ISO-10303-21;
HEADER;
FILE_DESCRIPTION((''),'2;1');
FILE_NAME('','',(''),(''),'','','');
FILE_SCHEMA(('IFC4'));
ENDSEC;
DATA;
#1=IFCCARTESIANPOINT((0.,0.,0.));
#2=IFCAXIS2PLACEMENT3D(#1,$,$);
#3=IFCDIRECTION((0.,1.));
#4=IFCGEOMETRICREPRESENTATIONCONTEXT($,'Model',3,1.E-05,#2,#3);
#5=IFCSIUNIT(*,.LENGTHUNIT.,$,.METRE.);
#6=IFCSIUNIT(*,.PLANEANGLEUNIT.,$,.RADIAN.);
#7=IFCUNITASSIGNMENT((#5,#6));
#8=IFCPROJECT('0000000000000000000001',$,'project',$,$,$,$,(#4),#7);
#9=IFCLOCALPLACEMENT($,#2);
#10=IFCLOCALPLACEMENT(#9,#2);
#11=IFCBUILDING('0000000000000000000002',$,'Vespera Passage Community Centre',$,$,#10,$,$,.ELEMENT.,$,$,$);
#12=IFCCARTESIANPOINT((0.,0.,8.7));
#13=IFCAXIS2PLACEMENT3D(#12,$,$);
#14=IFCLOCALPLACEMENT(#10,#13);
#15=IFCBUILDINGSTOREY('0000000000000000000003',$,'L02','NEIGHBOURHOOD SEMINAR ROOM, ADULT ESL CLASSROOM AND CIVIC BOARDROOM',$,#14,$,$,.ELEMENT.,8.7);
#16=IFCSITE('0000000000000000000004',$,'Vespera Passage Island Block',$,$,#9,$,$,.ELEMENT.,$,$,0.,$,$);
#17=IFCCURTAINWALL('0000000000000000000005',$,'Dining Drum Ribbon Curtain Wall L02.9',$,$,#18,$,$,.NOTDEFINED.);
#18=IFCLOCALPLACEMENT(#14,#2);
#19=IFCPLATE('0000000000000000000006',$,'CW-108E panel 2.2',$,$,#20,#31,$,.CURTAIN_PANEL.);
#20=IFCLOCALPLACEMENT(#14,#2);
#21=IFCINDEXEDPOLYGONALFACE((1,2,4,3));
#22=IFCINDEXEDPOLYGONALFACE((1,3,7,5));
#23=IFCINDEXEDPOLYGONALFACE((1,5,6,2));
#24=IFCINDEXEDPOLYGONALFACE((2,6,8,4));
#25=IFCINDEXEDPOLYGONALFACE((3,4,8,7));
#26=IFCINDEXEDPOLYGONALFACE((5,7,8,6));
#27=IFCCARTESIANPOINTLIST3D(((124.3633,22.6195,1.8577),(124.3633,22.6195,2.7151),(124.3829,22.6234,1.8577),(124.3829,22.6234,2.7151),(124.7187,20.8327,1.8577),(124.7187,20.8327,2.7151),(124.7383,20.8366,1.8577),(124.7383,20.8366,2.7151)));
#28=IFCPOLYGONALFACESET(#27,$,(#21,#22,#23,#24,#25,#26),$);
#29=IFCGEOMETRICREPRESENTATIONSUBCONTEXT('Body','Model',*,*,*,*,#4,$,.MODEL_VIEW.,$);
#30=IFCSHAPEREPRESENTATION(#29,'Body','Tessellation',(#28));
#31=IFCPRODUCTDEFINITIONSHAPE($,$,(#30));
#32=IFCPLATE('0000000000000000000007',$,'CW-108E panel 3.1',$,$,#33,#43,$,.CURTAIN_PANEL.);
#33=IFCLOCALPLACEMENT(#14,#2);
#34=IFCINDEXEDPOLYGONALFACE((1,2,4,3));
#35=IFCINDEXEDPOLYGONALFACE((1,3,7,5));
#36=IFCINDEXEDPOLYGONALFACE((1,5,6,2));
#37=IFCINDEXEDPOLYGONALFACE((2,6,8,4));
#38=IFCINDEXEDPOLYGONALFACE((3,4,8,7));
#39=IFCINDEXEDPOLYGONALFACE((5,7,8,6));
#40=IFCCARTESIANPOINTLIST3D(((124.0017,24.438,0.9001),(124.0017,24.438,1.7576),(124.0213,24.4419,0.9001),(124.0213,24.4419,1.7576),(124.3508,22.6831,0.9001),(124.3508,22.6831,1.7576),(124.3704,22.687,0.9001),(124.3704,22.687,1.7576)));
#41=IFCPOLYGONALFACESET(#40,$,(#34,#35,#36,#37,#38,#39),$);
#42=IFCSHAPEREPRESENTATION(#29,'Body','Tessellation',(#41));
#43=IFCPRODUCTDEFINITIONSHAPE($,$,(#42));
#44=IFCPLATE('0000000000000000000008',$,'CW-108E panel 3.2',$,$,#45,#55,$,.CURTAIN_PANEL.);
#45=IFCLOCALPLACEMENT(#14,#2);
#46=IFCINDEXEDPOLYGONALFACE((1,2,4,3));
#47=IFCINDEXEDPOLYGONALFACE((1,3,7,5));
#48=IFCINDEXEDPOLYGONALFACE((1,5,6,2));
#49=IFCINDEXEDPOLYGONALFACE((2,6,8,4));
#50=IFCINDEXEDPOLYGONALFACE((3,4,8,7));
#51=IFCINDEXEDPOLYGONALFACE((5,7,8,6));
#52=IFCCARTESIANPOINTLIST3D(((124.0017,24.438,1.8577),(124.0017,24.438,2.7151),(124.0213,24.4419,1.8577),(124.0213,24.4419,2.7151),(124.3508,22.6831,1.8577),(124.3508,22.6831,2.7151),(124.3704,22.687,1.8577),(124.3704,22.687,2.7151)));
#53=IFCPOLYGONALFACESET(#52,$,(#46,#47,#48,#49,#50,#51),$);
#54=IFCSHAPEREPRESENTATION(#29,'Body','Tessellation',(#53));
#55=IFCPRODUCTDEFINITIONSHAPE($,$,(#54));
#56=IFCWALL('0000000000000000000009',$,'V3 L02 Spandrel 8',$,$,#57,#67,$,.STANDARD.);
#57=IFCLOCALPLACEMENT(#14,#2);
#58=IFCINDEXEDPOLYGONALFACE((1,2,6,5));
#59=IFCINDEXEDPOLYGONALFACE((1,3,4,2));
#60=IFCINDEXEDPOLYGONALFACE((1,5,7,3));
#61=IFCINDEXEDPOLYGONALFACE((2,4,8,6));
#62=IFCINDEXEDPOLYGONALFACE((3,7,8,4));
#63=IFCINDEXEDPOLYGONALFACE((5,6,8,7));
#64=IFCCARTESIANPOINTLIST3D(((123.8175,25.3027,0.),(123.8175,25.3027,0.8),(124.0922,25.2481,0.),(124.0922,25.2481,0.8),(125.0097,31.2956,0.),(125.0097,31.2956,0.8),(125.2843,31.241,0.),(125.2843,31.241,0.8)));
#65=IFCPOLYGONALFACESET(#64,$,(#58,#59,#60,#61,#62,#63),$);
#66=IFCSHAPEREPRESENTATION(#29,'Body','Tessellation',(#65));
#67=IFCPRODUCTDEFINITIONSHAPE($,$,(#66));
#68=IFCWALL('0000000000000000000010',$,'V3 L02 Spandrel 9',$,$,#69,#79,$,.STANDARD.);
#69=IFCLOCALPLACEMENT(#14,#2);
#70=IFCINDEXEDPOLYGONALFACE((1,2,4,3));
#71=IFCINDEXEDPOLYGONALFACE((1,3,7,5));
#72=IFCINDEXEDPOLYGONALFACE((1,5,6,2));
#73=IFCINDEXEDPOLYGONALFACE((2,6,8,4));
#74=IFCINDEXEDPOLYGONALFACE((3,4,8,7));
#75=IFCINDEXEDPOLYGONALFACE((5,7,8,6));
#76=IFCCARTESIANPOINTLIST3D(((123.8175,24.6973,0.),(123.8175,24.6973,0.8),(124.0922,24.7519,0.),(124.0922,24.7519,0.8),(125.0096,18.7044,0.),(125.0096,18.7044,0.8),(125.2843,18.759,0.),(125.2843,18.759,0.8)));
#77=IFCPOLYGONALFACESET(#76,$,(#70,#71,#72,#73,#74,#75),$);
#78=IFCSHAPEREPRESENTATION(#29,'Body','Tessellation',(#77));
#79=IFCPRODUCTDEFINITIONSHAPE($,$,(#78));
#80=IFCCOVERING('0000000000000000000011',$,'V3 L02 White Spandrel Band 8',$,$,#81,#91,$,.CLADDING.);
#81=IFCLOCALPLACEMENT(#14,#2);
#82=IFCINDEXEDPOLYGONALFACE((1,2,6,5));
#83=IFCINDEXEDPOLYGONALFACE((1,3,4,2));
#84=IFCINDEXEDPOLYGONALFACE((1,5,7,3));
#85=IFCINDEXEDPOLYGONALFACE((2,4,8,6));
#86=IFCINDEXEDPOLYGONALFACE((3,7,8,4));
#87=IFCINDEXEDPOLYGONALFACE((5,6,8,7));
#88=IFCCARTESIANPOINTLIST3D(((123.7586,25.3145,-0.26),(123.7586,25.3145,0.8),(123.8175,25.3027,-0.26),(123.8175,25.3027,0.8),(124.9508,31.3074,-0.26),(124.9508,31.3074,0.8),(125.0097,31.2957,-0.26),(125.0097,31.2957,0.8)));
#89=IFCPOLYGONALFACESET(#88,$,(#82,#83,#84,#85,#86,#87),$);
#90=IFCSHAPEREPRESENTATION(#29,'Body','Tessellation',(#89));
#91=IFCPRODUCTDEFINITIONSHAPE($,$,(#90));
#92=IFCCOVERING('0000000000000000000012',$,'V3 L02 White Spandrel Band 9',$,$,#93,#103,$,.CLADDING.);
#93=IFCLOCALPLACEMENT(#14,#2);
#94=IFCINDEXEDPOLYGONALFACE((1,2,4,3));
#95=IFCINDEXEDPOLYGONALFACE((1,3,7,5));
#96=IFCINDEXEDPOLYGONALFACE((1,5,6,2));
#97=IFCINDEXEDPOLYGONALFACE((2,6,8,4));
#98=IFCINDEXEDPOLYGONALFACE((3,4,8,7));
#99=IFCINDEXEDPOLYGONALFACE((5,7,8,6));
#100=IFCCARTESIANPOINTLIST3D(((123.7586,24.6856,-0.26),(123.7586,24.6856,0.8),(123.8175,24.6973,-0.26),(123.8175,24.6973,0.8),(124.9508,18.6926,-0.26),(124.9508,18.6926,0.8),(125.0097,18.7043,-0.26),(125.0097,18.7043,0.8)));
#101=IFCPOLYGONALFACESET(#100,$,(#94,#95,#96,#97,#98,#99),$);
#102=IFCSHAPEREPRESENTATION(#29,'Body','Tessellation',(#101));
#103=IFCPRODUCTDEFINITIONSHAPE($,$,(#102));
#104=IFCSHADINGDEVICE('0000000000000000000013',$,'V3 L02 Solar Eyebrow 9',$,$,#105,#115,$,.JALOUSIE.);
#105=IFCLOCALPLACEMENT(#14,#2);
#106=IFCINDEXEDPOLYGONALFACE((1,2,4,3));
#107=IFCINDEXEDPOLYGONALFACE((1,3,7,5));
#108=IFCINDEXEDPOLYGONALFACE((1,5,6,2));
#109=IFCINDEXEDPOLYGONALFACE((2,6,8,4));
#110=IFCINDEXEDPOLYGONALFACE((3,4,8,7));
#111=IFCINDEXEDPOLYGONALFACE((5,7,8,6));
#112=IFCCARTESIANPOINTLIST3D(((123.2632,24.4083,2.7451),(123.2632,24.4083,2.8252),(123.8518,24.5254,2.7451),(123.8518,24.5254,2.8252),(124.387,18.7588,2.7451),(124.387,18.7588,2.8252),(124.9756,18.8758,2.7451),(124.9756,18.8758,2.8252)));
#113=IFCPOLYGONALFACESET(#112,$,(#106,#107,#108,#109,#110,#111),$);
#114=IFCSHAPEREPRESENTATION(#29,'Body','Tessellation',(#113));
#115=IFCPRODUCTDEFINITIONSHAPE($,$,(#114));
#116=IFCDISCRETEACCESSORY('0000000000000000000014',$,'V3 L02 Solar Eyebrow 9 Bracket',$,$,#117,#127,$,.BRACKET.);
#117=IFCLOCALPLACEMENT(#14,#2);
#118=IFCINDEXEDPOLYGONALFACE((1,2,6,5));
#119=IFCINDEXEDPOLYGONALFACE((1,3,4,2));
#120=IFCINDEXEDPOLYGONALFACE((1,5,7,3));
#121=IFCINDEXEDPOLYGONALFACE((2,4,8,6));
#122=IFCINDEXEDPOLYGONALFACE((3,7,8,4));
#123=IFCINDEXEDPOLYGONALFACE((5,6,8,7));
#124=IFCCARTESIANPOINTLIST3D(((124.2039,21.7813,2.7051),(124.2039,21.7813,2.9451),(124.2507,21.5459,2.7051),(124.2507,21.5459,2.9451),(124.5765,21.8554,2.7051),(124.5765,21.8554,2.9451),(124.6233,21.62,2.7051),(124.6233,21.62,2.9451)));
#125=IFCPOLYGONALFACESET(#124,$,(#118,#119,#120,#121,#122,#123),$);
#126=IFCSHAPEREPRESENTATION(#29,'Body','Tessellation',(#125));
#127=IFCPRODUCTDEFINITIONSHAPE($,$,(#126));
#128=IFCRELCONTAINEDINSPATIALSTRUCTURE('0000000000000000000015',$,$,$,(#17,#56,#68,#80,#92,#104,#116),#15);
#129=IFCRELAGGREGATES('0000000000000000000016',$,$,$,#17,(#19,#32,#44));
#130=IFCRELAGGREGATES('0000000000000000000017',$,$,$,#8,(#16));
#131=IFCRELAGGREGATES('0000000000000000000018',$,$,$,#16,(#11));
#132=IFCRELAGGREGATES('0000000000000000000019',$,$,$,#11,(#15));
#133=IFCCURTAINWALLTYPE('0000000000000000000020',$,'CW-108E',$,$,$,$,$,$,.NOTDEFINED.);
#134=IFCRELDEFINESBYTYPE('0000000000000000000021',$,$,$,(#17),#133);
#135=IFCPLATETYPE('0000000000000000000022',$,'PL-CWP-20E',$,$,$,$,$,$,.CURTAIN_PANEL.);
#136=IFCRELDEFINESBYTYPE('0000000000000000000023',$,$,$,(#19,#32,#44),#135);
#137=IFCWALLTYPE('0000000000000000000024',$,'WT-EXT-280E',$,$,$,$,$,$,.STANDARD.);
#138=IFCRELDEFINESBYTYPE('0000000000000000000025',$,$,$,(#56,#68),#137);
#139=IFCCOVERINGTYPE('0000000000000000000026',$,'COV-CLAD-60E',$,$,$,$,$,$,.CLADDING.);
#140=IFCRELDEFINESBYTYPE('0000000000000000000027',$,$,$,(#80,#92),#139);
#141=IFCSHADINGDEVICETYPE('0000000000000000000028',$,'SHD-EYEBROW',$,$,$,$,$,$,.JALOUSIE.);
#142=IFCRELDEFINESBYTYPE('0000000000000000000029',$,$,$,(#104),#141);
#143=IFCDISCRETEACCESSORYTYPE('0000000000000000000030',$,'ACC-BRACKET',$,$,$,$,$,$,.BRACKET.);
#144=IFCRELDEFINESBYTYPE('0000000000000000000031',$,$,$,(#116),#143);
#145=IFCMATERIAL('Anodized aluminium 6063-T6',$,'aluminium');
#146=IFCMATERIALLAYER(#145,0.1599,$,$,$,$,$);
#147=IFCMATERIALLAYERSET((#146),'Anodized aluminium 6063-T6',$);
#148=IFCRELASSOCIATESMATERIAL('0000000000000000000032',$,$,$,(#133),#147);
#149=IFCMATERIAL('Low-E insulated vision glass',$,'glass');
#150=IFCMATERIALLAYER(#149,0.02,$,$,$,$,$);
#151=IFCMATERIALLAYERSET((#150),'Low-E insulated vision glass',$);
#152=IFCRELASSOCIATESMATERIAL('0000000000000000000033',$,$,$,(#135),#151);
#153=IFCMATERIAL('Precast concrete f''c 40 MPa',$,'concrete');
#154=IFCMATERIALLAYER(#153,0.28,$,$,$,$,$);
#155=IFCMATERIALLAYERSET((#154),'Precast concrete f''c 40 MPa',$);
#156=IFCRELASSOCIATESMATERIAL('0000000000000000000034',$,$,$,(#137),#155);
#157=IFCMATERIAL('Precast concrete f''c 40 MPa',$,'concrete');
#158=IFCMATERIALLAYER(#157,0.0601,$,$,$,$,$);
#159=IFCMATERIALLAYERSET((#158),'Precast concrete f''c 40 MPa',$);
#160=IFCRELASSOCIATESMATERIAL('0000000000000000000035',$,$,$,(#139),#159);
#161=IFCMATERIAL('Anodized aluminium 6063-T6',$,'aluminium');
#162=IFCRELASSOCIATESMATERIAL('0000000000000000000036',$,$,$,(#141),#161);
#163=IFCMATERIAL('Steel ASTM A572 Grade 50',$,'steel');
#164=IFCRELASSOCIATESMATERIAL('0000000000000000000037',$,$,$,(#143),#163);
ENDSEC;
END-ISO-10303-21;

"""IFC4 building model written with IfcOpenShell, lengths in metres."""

from ifc_helpers import new_model, si_unit, direction, frame, frame_2d, origin, origin_2d, place, context, subcontext, project, spatial, rectangle, extrude, material, layer, layer_set, type_object, element, aggregate, save


model = new_model("IFC4")

# Units and contexts
model_context = context("Model", 3, precision=1e-05, world=origin(), true_north=direction((0.0, 1.0)))
body_context = subcontext(model_context, "Body", "Model", "MODEL_VIEW")
ifc_project = project(units=[si_unit("LENGTHUNIT", "METRE"), si_unit("PLANEANGLEUNIT", "RADIAN")], contexts=[model_context])

# Site, building, storey
site_placement = place(None, origin())
site = spatial("IfcSite", under=ifc_project, at=site_placement, Name="Vespera Passage Island Block", CompositionType="ELEMENT", RefElevation=0.0)
building_placement = place(site_placement, origin())
building = spatial("IfcBuilding", under=site, at=building_placement, Name="Vespera Passage Community Centre", CompositionType="ELEMENT")
storey_placement = place(building_placement, frame((0.0, 0.0, 8.7)))
storey = spatial("IfcBuildingStorey", under=building, at=storey_placement, Name="L02", Description="NEIGHBOURHOOD SEMINAR ROOM, ADULT ESL CLASSROOM AND CIVIC BOARDROOM", CompositionType="ELEMENT", Elevation=8.7)

# Shared definitions
ifc_material_1 = material(Name="Anodized aluminium 6063-T6", Category="aluminium")
ifc_layer_1 = layer(ifc_material_1, 0.1599)
ifc_layer_set_1 = layer_set([ifc_layer_1], Name="Anodized aluminium 6063-T6")
curtain_wall_type_1 = type_object("IfcCurtainWallType", Name="CW-108E", PredefinedType="NOTDEFINED", material=ifc_layer_set_1)

# Curtain wall
curtain_wall_1_placement = place(storey_placement, origin())
curtain_wall_1 = element("IfcCurtainWall", 1, at=curtain_wall_1_placement, inside=storey, type_object=curtain_wall_type_1, Name="Dining Drum Ribbon Curtain Wall L02.9", PredefinedType="NOTDEFINED")

# Plates
ifc_material_2 = material(Name="Low-E insulated vision glass", Category="glass")
ifc_layer_2 = layer(ifc_material_2, 0.02)
ifc_layer_set_2 = layer_set([ifc_layer_2], Name="Low-E insulated vision glass")
plate_type = type_object("IfcPlateType", Name="PL-CWP-20E", PredefinedType="CURTAIN_PANEL", material=ifc_layer_set_2)
plate_1_placement = place(storey_placement, frame((124.5508, 21.728, 1.8577), z_axis=(0.0, 0.0, 1.0), x_axis=(-0.195097, 0.980784, 0.0)))
plate_1 = element("IfcPlate", 2, at=plate_1_placement, type_object=plate_type, Name="CW-108E panel 2.2", PredefinedType="CURTAIN_PANEL", context=body_context, shape_type="SweptSolid", body=[
    extrude(rectangle(XDim=1.8218, YDim=0.02, at=origin_2d()), origin(), (0.0, 0.0, 1.0), 0.8574),
])
plate_2_placement = place(storey_placement, frame((124.186, 23.5625, 0.9001), z_axis=(0.0, 0.0, 1.0), x_axis=(-0.195097, 0.980784, 0.0)))
plate_2 = element("IfcPlate", 3, at=plate_2_placement, type_object=plate_type, Name="CW-108E panel 3.1", PredefinedType="CURTAIN_PANEL", context=body_context, shape_type="SweptSolid", body=[
    extrude(rectangle(XDim=1.7893, YDim=0.02, at=origin_2d()), origin(), (0.0, 0.0, 1.0), 0.8574),
])
plate_3_placement = place(storey_placement, frame((124.186, 23.5625, 1.8577), z_axis=(0.0, 0.0, 1.0), x_axis=(-0.195097, 0.980784, 0.0)))
plate_3 = element("IfcPlate", 4, at=plate_3_placement, type_object=plate_type, Name="CW-108E panel 3.2", PredefinedType="CURTAIN_PANEL", context=body_context, shape_type="SweptSolid", body=[
    extrude(rectangle(XDim=1.7893, YDim=0.02, at=origin_2d()), origin(), (0.0, 0.0, 1.0), 0.8574),
])
aggregate(curtain_wall_1, [plate_1, plate_2, plate_3])

# Walls
ifc_material_3 = material(Name="Precast concrete f'c 40 MPa", Category="concrete")
ifc_layer_3 = layer(ifc_material_3, 0.28)
ifc_layer_set_3 = layer_set([ifc_layer_3], Name="Precast concrete f'c 40 MPa")
wall_type = type_object("IfcWallType", Name="WT-EXT-280E", PredefinedType="STANDARD", material=ifc_layer_set_3)
for number, where, z_axis, x_axis, name in (
    (5, (123.9548, 25.2754, 0.0), (0.0, 0.0, 1.0), (0.195102, 0.980783, 0.0), "V3 L02 Spandrel 8"),
    (6, (125.147, 18.7317, 0.0), (0.0, 0.0, 1.0), (-0.195102, 0.980783, 0.0), "V3 L02 Spandrel 9"),
):
    element("IfcWall", number, at=place(storey_placement, frame(where, z_axis=z_axis, x_axis=x_axis)), inside=storey, type_object=wall_type, Name=name, PredefinedType="STANDARD", context=body_context, shape_type="SweptSolid", body=[
        extrude(rectangle(XDim=6.1104, YDim=0.28, at=frame_2d((3.0552, 0.0))), origin(), (0.0, 0.0, 1.0), 0.8),
    ])

# Coverings
ifc_material_4 = material(Name="Precast concrete f'c 40 MPa", Category="concrete")
ifc_layer_4 = layer(ifc_material_4, 0.0601)
ifc_layer_set_4 = layer_set([ifc_layer_4], Name="Precast concrete f'c 40 MPa")
covering_type = type_object("IfcCoveringType", Name="COV-CLAD-60E", PredefinedType="CLADDING", material=ifc_layer_set_4)
for number, where, z_axis, x_axis, name in (
    (7, (123.7881, 25.3086, -0.26), (0.0, 0.0, 1.0), (0.195102, 0.980783, 0.0), "V3 L02 White Spandrel Band 8"),
    (8, (124.9802, 18.6985, -0.26), (0.0, 0.0, 1.0), (-0.195102, 0.980783, 0.0), "V3 L02 White Spandrel Band 9"),
):
    element("IfcCovering", number, at=place(storey_placement, frame(where, z_axis=z_axis, x_axis=x_axis)), inside=storey, type_object=covering_type, Name=name, PredefinedType="CLADDING", context=body_context, shape_type="SweptSolid", body=[
        extrude(rectangle(XDim=6.1104, YDim=0.0601, at=frame_2d((3.0552, 0.0))), origin(), (0.0, 0.0, 1.0), 1.0601),
    ])

# Shading device
ifc_material_5 = material(Name="Anodized aluminium 6063-T6", Category="aluminium")
shading_device_type = type_object("IfcShadingDeviceType", Name="SHD-EYEBROW", PredefinedType="JALOUSIE", material=ifc_material_5)
shading_device_placement = place(storey_placement, frame((124.1194, 21.6421, 2.7451), z_axis=(0.0, 0.0, 1.0), x_axis=(-0.19509, 0.980785, 0.0)))
element("IfcShadingDevice", 9, at=shading_device_placement, inside=storey, type_object=shading_device_type, Name="V3 L02 Solar Eyebrow 9", PredefinedType="JALOUSIE", context=body_context, shape_type="SweptSolid", body=[
    extrude(rectangle(XDim=5.7603, YDim=0.6001, at=origin_2d()), origin(), (0.0, 0.0, 1.0), 0.0801),
])

# Discrete accessory
ifc_material_6 = material(Name="Steel ASTM A572 Grade 50", Category="steel")
discrete_accessory_type = type_object("IfcDiscreteAccessoryType", Name="ACC-BRACKET", PredefinedType="BRACKET", material=ifc_material_6)
discrete_accessory_placement = place(storey_placement, frame((124.4136, 21.7007, 2.7051), z_axis=(0.0, 0.0, 1.0), x_axis=(-0.19509, 0.980785, 0.0)))
element("IfcDiscreteAccessory", 10, at=discrete_accessory_placement, inside=storey, type_object=discrete_accessory_type, Name="V3 L02 Solar Eyebrow 9 Bracket", PredefinedType="BRACKET", context=body_context, shape_type="SweptSolid", body=[
    extrude(rectangle(XDim=0.24, YDim=0.3799, at=origin_2d()), origin(), (0.0, 0.0, 1.0), 0.24),
])

save(model, "model.ifc")
